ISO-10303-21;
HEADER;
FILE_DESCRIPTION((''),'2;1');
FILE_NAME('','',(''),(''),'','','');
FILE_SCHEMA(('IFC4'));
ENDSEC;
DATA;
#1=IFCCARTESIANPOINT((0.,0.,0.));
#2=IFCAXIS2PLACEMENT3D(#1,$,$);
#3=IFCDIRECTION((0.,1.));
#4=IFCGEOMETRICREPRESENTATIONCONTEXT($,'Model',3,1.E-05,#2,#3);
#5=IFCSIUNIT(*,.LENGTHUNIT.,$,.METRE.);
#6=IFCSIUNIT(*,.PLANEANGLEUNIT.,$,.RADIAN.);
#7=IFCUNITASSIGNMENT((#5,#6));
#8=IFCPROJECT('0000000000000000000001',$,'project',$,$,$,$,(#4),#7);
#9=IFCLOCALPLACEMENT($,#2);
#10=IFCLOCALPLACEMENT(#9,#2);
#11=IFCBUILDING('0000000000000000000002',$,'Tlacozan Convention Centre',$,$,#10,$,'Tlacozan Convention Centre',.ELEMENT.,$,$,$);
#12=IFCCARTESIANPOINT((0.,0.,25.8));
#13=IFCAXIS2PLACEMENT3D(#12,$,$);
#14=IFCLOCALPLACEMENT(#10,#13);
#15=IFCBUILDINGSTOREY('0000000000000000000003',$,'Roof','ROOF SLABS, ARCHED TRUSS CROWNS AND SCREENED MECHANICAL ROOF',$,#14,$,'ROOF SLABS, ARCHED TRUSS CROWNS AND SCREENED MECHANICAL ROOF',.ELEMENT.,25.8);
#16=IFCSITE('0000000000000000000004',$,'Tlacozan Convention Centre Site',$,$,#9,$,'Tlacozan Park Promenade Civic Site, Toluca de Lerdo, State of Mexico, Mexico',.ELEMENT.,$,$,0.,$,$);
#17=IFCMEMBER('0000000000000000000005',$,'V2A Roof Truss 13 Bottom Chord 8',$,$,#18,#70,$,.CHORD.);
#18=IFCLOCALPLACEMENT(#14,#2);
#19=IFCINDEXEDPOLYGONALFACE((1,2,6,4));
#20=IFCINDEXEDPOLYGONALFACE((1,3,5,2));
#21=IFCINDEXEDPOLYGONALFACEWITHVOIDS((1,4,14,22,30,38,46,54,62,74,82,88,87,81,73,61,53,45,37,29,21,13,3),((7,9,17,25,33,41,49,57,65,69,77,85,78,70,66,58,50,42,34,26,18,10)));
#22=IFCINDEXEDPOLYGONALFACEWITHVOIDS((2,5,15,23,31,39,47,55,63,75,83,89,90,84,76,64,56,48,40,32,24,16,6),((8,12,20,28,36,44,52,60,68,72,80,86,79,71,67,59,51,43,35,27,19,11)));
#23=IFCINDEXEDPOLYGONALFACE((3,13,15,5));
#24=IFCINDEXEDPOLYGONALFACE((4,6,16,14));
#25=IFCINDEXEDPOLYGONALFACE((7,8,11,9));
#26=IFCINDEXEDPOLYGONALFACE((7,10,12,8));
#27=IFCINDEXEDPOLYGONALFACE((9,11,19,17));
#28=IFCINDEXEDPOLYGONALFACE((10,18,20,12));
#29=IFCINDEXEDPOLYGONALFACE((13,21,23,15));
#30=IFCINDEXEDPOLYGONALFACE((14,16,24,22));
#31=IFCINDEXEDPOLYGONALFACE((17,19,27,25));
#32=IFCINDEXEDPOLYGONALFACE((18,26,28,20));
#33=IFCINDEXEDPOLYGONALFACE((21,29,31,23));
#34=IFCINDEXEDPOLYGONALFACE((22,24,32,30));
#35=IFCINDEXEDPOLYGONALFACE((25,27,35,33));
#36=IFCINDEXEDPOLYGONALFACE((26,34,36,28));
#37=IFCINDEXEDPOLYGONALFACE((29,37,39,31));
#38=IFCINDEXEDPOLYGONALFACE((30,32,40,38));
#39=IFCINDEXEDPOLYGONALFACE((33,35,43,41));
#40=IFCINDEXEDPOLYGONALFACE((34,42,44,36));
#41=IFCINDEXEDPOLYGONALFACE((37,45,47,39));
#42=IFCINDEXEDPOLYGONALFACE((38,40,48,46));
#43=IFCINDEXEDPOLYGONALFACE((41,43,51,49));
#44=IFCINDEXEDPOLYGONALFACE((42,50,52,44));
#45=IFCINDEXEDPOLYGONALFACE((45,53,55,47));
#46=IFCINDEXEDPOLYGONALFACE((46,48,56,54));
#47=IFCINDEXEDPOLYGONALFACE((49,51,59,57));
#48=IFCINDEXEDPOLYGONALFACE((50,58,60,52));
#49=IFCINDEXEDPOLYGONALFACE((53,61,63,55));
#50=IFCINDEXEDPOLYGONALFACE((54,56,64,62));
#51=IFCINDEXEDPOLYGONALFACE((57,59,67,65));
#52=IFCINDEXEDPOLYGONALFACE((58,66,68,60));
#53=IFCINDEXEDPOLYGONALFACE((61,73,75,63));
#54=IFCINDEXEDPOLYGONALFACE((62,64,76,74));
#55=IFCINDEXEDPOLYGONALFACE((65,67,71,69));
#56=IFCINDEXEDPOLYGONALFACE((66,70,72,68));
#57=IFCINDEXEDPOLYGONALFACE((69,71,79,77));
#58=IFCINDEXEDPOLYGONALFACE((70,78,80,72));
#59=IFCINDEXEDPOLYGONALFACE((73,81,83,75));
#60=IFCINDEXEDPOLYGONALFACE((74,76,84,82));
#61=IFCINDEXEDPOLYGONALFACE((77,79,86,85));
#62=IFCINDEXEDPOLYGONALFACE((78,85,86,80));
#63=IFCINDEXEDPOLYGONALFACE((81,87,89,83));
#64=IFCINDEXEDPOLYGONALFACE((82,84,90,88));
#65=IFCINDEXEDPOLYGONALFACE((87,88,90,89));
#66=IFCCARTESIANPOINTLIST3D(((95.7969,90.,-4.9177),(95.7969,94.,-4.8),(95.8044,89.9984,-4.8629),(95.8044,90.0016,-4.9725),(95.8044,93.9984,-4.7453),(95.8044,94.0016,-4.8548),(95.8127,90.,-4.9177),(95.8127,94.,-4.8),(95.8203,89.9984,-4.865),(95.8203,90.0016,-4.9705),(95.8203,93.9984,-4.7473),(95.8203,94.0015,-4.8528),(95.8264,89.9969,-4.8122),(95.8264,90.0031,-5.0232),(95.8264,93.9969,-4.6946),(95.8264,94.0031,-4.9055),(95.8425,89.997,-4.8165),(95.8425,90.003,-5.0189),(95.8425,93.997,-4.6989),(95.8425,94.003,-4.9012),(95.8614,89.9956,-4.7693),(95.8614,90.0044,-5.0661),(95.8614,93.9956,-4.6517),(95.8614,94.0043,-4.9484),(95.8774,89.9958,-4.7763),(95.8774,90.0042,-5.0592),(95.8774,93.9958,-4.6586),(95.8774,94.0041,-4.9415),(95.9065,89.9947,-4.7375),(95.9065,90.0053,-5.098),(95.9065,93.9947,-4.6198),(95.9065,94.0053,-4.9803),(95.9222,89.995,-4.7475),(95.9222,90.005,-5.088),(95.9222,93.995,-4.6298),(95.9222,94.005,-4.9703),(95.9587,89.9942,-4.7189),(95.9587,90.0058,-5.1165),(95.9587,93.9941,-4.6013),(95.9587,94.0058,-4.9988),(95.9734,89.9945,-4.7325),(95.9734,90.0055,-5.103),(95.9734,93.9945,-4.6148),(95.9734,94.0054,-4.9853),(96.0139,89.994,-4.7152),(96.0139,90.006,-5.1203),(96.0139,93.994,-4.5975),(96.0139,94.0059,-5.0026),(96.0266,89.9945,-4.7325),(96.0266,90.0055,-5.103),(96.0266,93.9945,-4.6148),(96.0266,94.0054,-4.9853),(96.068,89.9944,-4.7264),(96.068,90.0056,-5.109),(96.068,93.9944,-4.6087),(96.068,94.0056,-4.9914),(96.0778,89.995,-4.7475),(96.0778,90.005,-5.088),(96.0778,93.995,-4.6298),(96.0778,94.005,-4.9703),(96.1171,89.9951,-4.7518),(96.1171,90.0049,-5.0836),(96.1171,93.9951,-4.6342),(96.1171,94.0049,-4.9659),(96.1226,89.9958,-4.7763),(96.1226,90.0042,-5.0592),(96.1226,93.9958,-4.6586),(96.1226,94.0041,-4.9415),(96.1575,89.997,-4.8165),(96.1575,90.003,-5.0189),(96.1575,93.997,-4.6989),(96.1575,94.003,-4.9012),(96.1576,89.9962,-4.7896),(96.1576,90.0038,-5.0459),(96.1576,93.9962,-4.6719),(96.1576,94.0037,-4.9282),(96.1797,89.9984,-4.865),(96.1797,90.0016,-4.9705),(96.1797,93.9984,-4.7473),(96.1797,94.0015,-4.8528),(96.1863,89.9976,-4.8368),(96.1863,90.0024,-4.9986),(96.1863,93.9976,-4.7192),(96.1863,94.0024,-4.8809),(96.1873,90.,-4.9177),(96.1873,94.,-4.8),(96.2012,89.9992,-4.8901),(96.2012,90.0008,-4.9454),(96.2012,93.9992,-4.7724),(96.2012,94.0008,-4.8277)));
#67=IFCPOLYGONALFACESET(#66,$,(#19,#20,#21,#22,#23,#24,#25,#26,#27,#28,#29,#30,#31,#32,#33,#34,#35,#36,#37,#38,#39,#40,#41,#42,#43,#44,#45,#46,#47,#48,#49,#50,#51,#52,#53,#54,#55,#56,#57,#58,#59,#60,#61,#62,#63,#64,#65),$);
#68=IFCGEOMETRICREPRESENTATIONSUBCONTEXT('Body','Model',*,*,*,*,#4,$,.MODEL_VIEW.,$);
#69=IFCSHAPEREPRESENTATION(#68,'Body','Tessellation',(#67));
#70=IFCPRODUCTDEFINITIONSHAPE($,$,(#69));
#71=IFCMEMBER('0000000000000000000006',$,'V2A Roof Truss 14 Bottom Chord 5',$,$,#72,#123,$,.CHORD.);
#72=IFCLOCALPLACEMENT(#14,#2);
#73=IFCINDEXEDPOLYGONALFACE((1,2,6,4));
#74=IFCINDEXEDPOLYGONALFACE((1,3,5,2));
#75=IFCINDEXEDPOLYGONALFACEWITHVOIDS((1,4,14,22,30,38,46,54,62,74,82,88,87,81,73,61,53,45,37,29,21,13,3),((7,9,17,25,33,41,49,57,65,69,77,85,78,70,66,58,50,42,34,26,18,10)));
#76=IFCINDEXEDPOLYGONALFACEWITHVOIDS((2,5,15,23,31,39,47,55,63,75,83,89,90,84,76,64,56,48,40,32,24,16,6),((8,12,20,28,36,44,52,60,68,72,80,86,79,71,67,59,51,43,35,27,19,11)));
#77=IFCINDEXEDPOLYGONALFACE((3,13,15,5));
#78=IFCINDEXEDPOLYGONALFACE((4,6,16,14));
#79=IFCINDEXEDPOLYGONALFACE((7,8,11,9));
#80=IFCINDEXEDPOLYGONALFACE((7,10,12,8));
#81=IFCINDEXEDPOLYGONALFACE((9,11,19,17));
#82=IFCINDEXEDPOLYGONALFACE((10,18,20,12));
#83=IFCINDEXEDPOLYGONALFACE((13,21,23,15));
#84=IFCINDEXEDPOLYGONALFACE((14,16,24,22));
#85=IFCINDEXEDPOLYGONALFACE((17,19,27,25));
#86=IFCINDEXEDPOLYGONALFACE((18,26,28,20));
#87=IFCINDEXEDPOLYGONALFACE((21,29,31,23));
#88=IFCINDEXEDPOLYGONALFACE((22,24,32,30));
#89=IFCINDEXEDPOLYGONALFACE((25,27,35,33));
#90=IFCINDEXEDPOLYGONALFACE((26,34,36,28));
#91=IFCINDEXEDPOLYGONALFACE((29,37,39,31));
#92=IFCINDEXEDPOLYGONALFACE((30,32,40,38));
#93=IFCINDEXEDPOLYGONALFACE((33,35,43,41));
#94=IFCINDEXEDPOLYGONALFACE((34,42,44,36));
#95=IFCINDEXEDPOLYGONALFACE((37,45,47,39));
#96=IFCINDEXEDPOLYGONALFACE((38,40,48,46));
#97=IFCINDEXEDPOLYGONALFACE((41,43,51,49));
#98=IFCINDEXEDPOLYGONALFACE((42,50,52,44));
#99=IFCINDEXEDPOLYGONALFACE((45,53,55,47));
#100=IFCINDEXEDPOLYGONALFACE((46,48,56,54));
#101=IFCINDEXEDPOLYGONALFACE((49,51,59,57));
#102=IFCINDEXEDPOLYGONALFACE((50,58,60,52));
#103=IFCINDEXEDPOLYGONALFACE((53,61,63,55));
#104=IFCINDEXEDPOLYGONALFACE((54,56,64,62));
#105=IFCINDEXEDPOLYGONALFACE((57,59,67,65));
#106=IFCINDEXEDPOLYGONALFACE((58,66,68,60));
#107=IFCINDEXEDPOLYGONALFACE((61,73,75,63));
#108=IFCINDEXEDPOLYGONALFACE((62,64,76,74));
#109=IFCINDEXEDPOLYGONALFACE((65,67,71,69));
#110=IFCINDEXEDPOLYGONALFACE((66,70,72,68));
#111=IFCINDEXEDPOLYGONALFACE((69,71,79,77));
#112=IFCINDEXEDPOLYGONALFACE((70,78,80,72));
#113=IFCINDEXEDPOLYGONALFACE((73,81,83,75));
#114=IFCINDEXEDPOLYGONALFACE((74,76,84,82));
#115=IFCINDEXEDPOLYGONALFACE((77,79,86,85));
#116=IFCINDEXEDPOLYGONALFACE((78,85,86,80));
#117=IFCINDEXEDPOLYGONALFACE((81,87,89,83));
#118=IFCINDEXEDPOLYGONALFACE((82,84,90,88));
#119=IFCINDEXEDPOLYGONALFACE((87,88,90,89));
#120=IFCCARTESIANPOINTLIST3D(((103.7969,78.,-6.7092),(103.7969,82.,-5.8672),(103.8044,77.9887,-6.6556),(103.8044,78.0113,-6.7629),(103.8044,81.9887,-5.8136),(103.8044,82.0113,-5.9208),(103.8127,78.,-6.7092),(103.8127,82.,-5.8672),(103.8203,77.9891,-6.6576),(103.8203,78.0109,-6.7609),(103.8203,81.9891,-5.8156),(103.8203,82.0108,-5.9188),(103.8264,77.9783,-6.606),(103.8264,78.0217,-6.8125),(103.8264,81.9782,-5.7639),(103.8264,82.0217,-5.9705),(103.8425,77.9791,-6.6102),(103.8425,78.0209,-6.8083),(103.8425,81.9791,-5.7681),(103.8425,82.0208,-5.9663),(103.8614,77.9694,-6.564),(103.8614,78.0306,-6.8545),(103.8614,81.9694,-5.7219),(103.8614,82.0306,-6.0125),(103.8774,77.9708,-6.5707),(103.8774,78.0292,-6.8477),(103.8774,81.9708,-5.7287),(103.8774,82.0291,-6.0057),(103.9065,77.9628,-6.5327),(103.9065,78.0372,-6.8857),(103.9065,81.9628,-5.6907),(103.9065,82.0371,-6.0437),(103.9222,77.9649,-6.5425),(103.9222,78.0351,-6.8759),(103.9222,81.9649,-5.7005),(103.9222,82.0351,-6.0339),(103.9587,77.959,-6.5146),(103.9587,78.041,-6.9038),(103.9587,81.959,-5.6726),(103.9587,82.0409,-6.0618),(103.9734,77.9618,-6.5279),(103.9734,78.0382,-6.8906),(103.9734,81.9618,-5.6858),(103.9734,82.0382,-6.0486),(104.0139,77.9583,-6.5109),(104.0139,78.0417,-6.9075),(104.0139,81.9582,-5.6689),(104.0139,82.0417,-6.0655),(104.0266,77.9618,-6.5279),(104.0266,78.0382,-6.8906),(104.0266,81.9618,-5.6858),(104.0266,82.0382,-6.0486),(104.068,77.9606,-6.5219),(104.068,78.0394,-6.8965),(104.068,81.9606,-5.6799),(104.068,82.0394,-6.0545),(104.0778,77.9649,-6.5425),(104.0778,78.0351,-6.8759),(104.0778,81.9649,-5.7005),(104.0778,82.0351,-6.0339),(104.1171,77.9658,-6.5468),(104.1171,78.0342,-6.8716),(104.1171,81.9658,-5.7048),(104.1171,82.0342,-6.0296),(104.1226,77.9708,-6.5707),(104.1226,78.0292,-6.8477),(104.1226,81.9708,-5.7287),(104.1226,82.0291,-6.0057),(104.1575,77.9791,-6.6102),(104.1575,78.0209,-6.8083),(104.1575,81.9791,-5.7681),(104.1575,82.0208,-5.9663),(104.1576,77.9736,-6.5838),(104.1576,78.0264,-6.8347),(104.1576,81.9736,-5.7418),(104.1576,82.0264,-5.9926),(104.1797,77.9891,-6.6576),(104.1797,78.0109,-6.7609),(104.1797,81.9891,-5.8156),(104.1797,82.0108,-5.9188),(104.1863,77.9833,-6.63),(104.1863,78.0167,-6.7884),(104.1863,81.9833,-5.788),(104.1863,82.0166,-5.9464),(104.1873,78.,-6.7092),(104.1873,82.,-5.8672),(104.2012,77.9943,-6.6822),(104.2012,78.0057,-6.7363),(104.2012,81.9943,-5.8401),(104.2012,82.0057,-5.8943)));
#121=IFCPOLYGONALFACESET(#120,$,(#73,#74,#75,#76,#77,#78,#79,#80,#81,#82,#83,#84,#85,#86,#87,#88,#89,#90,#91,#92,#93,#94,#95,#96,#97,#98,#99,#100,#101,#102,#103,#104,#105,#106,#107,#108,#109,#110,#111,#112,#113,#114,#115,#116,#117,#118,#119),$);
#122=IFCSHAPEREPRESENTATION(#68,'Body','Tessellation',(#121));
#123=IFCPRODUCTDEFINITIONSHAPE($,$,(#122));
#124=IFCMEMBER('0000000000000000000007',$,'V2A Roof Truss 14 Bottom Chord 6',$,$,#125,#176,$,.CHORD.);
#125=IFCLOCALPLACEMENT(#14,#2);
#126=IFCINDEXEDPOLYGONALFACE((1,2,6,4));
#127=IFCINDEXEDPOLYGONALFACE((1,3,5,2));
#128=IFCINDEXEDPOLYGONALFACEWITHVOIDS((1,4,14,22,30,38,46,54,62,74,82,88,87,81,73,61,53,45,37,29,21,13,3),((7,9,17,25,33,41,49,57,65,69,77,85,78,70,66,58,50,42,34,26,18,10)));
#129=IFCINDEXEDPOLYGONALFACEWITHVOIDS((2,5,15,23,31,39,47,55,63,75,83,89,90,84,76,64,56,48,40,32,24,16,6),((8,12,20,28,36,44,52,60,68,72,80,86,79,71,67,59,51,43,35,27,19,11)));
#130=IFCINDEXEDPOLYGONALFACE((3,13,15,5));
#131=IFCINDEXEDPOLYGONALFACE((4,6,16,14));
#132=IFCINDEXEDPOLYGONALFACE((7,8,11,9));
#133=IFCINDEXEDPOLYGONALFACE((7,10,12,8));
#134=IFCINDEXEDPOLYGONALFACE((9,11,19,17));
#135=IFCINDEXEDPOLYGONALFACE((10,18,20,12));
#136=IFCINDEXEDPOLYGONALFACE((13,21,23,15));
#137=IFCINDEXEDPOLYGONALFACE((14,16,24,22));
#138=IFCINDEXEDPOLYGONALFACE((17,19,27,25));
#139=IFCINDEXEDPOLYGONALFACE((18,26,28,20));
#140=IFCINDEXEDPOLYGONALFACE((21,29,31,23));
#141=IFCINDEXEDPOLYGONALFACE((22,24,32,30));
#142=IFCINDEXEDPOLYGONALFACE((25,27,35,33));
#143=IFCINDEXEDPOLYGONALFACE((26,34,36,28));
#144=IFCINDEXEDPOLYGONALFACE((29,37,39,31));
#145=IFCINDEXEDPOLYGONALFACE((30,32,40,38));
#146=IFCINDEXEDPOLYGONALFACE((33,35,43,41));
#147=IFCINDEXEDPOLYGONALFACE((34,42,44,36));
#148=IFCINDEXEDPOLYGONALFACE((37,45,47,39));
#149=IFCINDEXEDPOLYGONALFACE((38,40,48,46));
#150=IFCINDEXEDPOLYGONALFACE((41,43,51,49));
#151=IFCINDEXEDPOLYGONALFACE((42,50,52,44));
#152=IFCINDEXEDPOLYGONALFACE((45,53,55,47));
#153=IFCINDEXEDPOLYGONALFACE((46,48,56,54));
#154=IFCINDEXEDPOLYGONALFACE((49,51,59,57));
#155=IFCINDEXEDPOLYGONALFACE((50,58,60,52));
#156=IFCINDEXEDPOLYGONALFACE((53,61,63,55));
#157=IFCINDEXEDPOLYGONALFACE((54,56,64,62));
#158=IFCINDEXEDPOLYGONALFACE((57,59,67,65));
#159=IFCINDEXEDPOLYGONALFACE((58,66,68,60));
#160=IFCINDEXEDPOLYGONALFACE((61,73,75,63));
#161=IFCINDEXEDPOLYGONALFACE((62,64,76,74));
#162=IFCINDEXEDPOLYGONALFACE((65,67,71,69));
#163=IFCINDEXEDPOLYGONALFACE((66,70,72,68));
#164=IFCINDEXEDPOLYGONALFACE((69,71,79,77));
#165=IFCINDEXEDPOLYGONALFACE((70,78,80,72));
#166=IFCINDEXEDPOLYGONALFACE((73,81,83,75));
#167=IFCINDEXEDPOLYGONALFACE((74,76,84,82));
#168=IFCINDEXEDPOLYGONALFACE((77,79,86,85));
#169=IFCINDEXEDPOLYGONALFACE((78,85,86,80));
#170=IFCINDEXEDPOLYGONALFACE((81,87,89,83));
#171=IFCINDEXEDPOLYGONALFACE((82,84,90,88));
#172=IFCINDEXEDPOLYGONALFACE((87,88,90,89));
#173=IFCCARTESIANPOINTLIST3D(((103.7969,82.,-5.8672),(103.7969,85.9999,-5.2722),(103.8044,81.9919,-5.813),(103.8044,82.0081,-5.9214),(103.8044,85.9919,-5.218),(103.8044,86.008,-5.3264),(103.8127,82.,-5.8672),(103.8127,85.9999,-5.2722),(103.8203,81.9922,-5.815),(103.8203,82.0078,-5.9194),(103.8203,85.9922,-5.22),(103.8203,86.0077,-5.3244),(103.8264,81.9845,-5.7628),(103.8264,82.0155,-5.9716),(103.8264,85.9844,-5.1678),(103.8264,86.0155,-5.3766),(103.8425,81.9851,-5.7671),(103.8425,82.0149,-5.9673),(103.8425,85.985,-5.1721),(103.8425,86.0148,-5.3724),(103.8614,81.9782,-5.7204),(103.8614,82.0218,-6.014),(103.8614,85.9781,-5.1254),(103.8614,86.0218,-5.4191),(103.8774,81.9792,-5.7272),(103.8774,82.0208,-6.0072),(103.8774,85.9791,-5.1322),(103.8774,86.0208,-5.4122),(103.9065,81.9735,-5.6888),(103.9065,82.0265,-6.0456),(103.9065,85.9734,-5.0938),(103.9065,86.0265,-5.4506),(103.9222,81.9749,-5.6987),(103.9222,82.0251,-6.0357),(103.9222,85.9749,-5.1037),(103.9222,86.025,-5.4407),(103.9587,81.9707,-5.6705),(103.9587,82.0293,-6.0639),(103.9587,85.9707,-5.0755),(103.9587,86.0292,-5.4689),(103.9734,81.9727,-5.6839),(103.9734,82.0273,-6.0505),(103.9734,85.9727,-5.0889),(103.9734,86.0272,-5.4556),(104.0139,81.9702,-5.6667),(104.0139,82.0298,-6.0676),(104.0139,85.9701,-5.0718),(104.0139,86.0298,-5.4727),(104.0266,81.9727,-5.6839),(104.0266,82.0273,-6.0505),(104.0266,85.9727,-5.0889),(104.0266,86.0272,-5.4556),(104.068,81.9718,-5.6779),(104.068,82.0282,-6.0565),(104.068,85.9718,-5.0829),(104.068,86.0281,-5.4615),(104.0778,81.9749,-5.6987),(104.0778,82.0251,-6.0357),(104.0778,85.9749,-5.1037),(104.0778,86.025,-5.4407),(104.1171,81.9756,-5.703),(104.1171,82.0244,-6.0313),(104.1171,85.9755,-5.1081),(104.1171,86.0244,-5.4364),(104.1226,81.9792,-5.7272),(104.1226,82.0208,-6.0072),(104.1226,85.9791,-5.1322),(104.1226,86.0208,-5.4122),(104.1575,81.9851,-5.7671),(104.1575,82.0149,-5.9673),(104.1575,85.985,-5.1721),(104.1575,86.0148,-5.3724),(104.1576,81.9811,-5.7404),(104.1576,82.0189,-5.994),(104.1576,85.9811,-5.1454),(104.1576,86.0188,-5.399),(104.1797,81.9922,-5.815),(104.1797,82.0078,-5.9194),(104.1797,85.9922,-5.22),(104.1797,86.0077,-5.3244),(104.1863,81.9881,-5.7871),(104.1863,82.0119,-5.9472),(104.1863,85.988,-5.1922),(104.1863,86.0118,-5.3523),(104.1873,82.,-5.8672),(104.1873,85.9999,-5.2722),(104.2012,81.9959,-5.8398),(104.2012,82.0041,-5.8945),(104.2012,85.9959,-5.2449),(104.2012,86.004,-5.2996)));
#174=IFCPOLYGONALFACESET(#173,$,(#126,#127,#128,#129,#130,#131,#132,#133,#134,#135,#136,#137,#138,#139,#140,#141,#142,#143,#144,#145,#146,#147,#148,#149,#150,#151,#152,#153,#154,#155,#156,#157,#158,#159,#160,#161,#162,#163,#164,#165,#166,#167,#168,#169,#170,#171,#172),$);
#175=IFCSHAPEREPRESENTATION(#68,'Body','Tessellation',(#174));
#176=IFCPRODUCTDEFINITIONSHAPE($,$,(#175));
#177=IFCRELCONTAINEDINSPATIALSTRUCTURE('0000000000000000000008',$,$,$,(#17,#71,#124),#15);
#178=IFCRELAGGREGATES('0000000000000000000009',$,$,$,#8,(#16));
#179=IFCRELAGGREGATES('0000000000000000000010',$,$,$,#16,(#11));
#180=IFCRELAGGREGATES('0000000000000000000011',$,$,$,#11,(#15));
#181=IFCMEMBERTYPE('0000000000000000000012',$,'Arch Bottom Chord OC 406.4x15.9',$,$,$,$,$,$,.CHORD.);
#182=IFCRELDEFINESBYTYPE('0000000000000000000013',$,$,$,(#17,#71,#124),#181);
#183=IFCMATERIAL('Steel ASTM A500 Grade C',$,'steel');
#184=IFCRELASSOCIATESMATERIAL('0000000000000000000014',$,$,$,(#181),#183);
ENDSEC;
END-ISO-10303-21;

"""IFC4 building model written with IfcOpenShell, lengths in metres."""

from ifc_helpers import new_model, si_unit, direction, frame, origin, origin_2d, place, context, subcontext, project, spatial, hollow_circle, extrude, material, material_profile, profile_set, type_object, element, save


model = new_model("IFC4")

# Units and contexts
model_context = context("Model", 3, precision=1e-05, world=origin(), true_north=direction((0.0, 1.0)))
body_context = subcontext(model_context, "Body", "Model", "MODEL_VIEW")
ifc_project = project(units=[si_unit("LENGTHUNIT", "METRE"), si_unit("PLANEANGLEUNIT", "RADIAN")], contexts=[model_context])

# Site, building, storey
site_placement = place(None, origin())
site = spatial("IfcSite", under=ifc_project, at=site_placement, Name="Tlacozan Convention Centre Site", LongName="Tlacozan Park Promenade Civic Site, Toluca de Lerdo, State of Mexico, Mexico", CompositionType="ELEMENT", RefElevation=0.0)
building_placement = place(site_placement, origin())
building = spatial("IfcBuilding", under=site, at=building_placement, Name="Tlacozan Convention Centre", LongName="Tlacozan Convention Centre", CompositionType="ELEMENT")
storey_placement = place(building_placement, frame((0.0, 0.0, 25.8)))
storey = spatial("IfcBuildingStorey", under=building, at=storey_placement, Name="Roof", Description="ROOF SLABS, ARCHED TRUSS CROWNS AND SCREENED MECHANICAL ROOF", LongName="ROOF SLABS, ARCHED TRUSS CROWNS AND SCREENED MECHANICAL ROOF", CompositionType="ELEMENT", Elevation=25.8)

# Members
ifc_material_1 = material(Name="Steel ASTM A500 Grade C", Category="steel")
ifc_material_profile_1 = material_profile(ifc_material_1, hollow_circle(Radius=0.2031, WallThickness=0.0159, at=origin_2d()), Name="OC 406.4x15.9")
ifc_profile_set_1 = profile_set([ifc_material_profile_1], Name="Steel ASTM A500 Grade C")
member_type_1 = type_object("IfcMemberType", Name="Arch Bottom Chord OC 406.4x15.9", PredefinedType="CHORD", material=ifc_profile_set_1)
member_1_placement = place(storey_placement, frame((96.0, 90.0, -4.9177), z_axis=(0.0, 0.999568, 0.029406), x_axis=(-1.0, 0.0, 0.0)))
element("IfcMember", 1, at=member_1_placement, inside=storey, type_object=member_type_1, Name="V2A Roof Truss 13 Bottom Chord 8", PredefinedType="CHORD", context=body_context, shape_type="SweptSolid", body=[
    extrude(hollow_circle(Radius=0.2031, WallThickness=0.0159, at=origin_2d()), origin(), (0.0, 0.0, 1.0), 4.0017),
])
member_2_placement = place(storey_placement, frame((104.0, 78.0, -6.7092), z_axis=(0.0, 0.978553, 0.205995), x_axis=(-1.0, 0.0, 0.0)))
element("IfcMember", 2, at=member_2_placement, inside=storey, type_object=member_type_1, Name="V2A Roof Truss 14 Bottom Chord 5", PredefinedType="CHORD", context=body_context, shape_type="SweptSolid", body=[
    extrude(hollow_circle(Radius=0.2031, WallThickness=0.0159, at=origin_2d()), origin(), (0.0, 0.0, 1.0), 4.0876),
])
member_3_placement = place(storey_placement, frame((104.0, 82.0, -5.8672), z_axis=(0.0, 0.989118, 0.147124), x_axis=(-1.0, 0.0, 0.0)))
element("IfcMember", 3, at=member_3_placement, inside=storey, type_object=member_type_1, Name="V2A Roof Truss 14 Bottom Chord 6", PredefinedType="CHORD", context=body_context, shape_type="SweptSolid", body=[
    extrude(hollow_circle(Radius=0.2031, WallThickness=0.0159, at=origin_2d()), origin(), (0.0, 0.0, 1.0), 4.0439),
])

save(model, "model.ifc")
